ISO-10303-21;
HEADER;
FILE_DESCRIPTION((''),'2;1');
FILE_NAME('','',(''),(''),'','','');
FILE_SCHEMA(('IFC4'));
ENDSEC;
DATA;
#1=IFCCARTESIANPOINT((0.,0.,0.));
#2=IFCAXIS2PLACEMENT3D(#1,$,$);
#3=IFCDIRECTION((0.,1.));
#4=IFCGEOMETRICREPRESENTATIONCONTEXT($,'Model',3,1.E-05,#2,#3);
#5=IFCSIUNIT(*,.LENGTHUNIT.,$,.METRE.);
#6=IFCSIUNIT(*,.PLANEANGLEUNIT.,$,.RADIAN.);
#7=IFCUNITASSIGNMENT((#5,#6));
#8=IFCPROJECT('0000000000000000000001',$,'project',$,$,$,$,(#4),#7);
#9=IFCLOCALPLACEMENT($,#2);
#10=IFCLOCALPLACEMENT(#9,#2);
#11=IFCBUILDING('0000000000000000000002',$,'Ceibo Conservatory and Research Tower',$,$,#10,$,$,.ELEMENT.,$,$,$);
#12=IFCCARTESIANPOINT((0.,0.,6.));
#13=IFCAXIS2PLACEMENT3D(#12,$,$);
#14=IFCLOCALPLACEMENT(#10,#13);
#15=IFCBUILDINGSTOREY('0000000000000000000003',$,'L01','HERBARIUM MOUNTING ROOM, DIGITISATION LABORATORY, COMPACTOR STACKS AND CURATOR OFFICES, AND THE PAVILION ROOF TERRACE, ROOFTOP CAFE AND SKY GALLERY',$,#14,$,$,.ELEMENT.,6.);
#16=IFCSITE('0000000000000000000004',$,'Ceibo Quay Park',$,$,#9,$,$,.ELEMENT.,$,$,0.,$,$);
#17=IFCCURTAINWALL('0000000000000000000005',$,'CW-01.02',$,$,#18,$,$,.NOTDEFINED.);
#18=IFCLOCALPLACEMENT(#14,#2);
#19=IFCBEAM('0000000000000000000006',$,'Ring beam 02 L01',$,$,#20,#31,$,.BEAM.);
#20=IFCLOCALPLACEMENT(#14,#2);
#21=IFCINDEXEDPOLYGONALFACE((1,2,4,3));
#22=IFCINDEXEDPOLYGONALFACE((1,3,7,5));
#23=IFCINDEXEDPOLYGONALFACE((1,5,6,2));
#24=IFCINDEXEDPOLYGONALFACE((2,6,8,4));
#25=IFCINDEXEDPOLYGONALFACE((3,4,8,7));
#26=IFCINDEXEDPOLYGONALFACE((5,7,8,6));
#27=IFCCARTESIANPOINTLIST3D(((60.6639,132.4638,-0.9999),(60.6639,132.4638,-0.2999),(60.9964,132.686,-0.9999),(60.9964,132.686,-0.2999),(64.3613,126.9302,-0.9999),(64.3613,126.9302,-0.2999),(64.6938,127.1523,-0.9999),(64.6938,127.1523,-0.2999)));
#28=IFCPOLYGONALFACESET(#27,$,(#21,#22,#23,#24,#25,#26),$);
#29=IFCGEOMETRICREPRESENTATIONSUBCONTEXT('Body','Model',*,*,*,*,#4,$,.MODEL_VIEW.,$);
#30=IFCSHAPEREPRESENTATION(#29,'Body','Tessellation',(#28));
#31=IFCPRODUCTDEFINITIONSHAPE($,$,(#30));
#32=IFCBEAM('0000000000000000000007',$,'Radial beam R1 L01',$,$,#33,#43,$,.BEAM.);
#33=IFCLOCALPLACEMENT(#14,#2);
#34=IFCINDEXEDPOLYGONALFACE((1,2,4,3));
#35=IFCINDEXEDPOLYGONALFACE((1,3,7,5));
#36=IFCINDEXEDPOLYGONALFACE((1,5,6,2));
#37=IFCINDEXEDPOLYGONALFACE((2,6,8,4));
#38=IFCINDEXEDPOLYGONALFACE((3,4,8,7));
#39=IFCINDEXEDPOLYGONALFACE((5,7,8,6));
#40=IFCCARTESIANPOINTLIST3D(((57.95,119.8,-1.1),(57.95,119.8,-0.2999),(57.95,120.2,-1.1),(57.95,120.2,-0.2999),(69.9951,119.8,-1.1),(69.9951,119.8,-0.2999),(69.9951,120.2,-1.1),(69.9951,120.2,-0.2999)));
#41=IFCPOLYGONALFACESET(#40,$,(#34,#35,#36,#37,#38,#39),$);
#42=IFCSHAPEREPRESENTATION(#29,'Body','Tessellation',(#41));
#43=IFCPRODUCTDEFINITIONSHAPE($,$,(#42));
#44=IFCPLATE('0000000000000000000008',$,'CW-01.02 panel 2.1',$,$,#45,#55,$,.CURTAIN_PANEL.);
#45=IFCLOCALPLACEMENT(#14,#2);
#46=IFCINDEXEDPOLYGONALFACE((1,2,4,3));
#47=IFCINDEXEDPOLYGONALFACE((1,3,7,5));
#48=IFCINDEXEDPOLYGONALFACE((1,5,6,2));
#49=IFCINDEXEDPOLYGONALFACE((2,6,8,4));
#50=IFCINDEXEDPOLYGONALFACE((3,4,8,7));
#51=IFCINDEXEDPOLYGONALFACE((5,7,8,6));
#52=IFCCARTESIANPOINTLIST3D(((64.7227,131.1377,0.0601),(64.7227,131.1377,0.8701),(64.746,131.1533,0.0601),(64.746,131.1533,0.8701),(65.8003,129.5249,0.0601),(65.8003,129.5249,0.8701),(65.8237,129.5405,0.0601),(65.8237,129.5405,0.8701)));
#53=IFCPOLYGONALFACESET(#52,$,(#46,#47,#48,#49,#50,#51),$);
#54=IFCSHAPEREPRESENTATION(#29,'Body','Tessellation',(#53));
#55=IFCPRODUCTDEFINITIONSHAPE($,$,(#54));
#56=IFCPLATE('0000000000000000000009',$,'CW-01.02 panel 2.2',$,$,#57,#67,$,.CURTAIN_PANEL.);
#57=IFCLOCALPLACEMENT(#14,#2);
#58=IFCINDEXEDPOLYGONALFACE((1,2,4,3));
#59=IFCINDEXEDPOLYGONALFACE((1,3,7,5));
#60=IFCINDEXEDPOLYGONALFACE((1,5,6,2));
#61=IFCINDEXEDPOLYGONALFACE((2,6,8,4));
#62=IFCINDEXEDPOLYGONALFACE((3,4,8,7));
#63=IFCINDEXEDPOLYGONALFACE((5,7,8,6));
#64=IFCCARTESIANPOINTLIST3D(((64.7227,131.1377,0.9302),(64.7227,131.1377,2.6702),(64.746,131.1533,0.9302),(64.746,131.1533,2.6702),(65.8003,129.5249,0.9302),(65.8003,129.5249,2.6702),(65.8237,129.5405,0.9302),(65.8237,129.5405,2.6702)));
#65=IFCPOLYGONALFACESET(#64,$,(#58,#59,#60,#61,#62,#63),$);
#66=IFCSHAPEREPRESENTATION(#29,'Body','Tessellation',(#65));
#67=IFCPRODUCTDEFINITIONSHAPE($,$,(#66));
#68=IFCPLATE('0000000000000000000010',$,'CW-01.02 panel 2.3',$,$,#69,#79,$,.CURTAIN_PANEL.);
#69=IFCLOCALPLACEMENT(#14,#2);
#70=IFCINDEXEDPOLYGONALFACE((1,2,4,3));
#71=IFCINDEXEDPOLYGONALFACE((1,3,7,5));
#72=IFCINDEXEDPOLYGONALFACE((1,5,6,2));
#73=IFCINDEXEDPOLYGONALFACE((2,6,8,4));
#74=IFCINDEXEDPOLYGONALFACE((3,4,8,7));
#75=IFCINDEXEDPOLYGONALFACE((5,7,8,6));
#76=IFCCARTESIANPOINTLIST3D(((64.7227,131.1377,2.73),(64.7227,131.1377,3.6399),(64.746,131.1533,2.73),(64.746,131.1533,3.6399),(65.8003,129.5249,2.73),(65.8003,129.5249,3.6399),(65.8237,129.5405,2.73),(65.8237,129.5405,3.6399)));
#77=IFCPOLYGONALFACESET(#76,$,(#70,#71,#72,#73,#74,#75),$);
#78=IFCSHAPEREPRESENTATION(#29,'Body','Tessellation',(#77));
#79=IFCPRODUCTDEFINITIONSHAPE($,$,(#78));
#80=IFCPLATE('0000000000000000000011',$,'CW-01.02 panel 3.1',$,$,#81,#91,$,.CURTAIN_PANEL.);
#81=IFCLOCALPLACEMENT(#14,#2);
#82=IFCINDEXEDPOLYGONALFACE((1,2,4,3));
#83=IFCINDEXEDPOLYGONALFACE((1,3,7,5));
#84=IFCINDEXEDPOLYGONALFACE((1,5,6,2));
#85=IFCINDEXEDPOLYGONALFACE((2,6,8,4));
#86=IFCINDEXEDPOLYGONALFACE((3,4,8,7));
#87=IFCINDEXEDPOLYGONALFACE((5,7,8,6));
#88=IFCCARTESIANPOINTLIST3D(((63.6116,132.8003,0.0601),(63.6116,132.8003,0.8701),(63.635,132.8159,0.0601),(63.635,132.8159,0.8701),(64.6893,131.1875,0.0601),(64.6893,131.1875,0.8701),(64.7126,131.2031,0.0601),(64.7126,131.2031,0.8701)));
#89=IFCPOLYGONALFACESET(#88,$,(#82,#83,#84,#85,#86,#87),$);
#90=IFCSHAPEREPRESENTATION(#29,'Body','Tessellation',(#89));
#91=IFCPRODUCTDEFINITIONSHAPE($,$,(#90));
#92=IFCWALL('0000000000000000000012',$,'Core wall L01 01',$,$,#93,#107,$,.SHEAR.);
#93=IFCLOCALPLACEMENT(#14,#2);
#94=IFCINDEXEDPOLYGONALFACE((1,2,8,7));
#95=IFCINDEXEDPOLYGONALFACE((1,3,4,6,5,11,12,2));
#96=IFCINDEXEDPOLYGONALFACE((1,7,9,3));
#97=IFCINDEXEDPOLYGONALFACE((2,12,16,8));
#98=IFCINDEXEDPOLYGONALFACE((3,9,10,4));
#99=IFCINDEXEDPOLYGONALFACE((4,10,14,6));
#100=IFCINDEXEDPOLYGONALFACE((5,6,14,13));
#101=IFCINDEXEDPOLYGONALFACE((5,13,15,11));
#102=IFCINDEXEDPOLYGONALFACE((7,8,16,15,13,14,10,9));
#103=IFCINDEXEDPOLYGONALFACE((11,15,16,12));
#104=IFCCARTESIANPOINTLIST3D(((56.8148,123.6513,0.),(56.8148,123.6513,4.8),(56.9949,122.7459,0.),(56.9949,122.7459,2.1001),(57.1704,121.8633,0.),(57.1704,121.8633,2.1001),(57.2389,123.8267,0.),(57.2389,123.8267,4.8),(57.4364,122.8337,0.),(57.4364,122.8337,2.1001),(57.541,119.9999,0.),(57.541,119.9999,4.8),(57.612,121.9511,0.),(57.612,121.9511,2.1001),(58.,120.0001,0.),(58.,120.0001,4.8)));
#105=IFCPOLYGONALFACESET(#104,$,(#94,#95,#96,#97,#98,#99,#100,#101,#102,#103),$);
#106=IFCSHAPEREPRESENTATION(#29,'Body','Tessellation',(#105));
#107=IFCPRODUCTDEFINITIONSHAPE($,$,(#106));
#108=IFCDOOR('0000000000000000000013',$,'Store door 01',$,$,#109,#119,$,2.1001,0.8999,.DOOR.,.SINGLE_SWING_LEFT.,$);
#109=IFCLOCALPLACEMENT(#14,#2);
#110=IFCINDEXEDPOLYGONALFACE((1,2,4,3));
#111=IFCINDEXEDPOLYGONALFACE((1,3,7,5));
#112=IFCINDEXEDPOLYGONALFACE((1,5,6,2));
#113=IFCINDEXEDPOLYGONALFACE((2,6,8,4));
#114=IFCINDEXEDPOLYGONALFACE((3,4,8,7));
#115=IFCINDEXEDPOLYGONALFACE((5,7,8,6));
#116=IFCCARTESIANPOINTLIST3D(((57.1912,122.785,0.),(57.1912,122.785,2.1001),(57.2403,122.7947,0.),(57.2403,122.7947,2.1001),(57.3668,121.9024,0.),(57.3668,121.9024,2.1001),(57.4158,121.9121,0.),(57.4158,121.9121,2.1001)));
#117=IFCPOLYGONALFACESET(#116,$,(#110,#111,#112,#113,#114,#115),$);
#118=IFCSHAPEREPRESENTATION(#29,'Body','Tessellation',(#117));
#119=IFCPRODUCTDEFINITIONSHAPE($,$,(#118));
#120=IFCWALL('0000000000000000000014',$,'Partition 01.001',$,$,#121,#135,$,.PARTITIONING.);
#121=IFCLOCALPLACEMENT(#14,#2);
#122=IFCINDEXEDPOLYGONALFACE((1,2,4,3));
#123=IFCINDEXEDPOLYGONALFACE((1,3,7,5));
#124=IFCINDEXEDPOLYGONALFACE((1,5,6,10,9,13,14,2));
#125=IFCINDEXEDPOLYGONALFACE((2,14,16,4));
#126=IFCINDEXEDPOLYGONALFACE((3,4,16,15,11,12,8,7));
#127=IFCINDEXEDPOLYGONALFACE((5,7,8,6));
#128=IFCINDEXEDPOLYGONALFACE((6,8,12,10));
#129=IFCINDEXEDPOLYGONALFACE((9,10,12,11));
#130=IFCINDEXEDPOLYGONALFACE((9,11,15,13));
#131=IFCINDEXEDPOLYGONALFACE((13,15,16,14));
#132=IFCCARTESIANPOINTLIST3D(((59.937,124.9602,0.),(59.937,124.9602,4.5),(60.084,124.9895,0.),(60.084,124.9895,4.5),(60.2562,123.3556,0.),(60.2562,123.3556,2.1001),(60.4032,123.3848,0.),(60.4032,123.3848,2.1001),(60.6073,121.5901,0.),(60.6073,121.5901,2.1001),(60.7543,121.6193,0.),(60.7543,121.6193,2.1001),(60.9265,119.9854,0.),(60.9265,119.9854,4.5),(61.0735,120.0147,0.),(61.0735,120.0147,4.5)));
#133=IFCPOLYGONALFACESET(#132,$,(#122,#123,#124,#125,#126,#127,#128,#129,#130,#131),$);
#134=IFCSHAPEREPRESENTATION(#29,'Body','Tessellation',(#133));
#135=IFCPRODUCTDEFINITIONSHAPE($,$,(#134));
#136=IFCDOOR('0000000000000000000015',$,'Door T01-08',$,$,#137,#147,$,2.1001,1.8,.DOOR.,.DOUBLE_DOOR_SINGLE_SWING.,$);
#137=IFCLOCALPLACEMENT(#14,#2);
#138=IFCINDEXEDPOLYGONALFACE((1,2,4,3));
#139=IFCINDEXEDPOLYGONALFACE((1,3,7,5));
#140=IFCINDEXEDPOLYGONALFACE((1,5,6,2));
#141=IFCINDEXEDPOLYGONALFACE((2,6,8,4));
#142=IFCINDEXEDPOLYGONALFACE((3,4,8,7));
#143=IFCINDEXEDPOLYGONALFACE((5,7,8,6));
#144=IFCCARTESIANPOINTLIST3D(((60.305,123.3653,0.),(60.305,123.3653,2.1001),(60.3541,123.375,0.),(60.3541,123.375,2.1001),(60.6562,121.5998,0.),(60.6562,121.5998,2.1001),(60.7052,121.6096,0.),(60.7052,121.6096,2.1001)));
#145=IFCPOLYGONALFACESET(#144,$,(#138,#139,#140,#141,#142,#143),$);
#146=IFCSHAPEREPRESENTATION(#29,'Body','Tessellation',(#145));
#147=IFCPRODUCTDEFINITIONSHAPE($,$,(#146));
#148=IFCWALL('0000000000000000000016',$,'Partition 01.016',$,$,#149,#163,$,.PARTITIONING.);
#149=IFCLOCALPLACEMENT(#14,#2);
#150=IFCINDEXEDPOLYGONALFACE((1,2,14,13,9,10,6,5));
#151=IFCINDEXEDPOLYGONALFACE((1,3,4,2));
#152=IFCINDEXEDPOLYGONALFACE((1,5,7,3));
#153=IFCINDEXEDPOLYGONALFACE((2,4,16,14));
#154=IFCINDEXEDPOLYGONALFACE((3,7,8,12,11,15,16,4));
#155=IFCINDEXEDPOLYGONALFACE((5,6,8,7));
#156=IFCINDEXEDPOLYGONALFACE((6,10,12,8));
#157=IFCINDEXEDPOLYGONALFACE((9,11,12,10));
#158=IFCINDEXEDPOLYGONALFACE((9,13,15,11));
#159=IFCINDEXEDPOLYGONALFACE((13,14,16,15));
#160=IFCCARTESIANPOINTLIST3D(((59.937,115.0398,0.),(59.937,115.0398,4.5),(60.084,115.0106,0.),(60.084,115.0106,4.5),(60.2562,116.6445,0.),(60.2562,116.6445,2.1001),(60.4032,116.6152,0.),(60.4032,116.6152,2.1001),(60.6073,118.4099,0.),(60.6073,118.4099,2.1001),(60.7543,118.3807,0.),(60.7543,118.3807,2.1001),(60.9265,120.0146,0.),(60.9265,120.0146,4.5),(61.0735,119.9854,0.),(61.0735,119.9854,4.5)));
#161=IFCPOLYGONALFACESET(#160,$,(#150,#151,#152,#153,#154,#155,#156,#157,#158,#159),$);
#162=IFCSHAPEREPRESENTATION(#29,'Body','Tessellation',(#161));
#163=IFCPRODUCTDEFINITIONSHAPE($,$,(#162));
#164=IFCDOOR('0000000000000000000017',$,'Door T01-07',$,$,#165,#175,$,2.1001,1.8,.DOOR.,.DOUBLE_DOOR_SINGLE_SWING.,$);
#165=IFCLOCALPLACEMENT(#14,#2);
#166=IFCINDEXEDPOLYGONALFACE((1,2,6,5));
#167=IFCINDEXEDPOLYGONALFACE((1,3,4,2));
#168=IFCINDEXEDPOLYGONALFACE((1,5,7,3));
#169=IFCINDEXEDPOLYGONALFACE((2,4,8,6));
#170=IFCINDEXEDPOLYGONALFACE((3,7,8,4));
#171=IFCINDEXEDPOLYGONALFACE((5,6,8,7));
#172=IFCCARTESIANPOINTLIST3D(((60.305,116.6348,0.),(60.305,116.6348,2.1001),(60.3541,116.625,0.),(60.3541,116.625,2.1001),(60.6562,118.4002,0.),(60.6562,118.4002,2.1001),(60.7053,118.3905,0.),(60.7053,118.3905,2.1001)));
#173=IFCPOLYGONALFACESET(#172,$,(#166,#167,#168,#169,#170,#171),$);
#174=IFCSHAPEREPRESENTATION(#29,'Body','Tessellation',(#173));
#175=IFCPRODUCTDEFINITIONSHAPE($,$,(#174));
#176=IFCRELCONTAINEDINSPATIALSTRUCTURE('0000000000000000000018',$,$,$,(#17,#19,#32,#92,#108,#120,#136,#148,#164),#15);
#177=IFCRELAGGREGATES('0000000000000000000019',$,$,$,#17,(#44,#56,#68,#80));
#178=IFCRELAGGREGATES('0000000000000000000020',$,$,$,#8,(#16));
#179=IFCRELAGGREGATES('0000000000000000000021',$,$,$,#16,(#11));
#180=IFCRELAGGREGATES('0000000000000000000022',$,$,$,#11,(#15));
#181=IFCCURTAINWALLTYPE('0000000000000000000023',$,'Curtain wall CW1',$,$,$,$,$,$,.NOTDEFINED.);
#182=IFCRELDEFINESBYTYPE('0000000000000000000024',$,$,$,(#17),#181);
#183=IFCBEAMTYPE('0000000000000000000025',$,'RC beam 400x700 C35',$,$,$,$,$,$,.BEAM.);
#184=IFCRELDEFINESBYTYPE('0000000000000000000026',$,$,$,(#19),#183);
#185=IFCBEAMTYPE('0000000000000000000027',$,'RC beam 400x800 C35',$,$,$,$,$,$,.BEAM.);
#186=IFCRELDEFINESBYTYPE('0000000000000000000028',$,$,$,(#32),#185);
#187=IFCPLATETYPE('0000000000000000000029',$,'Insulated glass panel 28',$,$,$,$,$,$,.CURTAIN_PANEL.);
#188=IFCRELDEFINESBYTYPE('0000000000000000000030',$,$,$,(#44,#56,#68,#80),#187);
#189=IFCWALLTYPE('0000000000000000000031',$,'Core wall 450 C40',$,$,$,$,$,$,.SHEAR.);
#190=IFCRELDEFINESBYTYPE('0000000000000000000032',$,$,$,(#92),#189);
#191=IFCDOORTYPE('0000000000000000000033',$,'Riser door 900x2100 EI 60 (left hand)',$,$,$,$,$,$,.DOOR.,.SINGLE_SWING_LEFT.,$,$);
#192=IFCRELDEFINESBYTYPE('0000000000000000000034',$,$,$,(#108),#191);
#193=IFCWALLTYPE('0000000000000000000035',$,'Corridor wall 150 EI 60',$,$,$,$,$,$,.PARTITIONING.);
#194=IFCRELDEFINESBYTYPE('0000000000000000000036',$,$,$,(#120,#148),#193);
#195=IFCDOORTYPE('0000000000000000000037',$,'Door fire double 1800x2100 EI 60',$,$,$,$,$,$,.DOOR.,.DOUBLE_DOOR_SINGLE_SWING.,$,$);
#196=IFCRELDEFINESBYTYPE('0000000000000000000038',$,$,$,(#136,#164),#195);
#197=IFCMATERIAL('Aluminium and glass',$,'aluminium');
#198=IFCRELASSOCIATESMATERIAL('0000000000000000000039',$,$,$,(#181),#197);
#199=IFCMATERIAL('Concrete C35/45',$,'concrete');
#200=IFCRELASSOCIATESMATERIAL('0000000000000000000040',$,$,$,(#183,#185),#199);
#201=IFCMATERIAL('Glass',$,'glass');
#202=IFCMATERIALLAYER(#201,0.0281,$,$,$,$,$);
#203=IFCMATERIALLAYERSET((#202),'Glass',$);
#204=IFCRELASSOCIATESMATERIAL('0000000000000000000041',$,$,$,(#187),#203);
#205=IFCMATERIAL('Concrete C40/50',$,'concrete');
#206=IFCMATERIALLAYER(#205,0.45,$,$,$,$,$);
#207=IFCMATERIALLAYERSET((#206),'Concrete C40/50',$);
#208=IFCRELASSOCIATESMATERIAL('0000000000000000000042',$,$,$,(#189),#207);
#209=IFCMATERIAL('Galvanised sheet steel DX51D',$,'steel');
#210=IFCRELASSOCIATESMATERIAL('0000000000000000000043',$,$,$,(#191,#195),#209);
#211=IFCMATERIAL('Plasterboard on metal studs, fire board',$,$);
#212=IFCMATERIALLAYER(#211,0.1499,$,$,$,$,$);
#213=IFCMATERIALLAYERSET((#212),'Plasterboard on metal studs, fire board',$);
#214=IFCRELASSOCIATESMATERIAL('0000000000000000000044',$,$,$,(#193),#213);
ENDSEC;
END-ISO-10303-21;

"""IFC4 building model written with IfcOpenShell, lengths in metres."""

from ifc_helpers import new_model, si_unit, direction, frame, frame_2d, origin, origin_2d, place, context, subcontext, project, spatial, polyline, rectangle, outline, extrude, material, layer, layer_set, material_profile, profile_set, type_object, element, fill, aggregate, save


model = new_model("IFC4")

# Units and contexts
model_context = context("Model", 3, precision=1e-05, world=origin(), true_north=direction((0.0, 1.0)))
body_context = subcontext(model_context, "Body", "Model", "MODEL_VIEW")
ifc_project = project(units=[si_unit("LENGTHUNIT", "METRE"), si_unit("PLANEANGLEUNIT", "RADIAN")], contexts=[model_context])

# Site, building, storey
site_placement = place(None, origin())
site = spatial("IfcSite", under=ifc_project, at=site_placement, Name="Ceibo Quay Park", CompositionType="ELEMENT", RefElevation=0.0)
building_placement = place(site_placement, origin())
building = spatial("IfcBuilding", under=site, at=building_placement, Name="Ceibo Conservatory and Research Tower", CompositionType="ELEMENT")
storey_placement = place(building_placement, frame((0.0, 0.0, 6.0)))
storey = spatial("IfcBuildingStorey", under=building, at=storey_placement, Name="L01", Description="HERBARIUM MOUNTING ROOM, DIGITISATION LABORATORY, COMPACTOR STACKS AND CURATOR OFFICES, AND THE PAVILION ROOF TERRACE, ROOFTOP CAFE AND SKY GALLERY", CompositionType="ELEMENT", Elevation=6.0)

# Shared definitions
ifc_material_1 = material(Name="Concrete C40/50", Category="concrete")

# Curtain wall
ifc_material_2 = material(Name="Aluminium and glass", Category="aluminium")
curtain_wall_type = type_object("IfcCurtainWallType", Name="Curtain wall CW1", PredefinedType="NOTDEFINED", material=ifc_material_2)
curtain_wall_placement = place(storey_placement, origin())
curtain_wall = element("IfcCurtainWall", 1, at=curtain_wall_placement, inside=storey, type_object=curtain_wall_type, Name="CW-01.02", PredefinedType="NOTDEFINED")

# Beams
ifc_material_3 = material(Name="Concrete C35/45", Category="concrete")
ifc_material_profile_1 = material_profile(ifc_material_3, rectangle(XDim=0.3999, YDim=0.7, at=origin_2d()), Name="RC 400x700")
ifc_profile_set_1 = profile_set([ifc_material_profile_1], Name="Concrete C35/45")
beam_type_1 = type_object("IfcBeamType", Name="RC beam 400x700 C35", PredefinedType="BEAM", material=ifc_profile_set_1)
beam_1_placement = place(storey_placement, frame((64.5276, 127.0413, -0.6499), z_axis=(-0.555572, 0.831469, 0.0), x_axis=(-0.831469, -0.555572, 0.0)))
element("IfcBeam", 2, at=beam_1_placement, inside=storey, type_object=beam_type_1, Name="Ring beam 02 L01", PredefinedType="BEAM", context=body_context, shape_type="SweptSolid", body=[
    extrude(rectangle(XDim=0.3999, YDim=0.7, at=origin_2d()), origin(), (0.0, 0.0, 1.0), 6.6553),
])
ifc_material_profile_2 = material_profile(ifc_material_3, rectangle(XDim=0.3999, YDim=0.8, at=origin_2d()), Name="RC 400x800")
ifc_profile_set_2 = profile_set([ifc_material_profile_2], Name="Concrete C35/45")
beam_type_2 = type_object("IfcBeamType", Name="RC beam 400x800 C35", PredefinedType="BEAM", material=ifc_profile_set_2)
beam_2_placement = place(storey_placement, frame((57.95, 120.0, -0.7), z_axis=(1.0, 0.0, 0.0), x_axis=(0.0, 1.0, 0.0)))
element("IfcBeam", 3, at=beam_2_placement, inside=storey, type_object=beam_type_2, Name="Radial beam R1 L01", PredefinedType="BEAM", context=body_context, shape_type="SweptSolid", body=[
    extrude(rectangle(XDim=0.3999, YDim=0.8, at=origin_2d()), origin(), (0.0, 0.0, 1.0), 12.0452),
])

# Plates
ifc_material_4 = material(Name="Glass", Category="glass")
ifc_layer_1 = layer(ifc_material_4, 0.0281)
ifc_layer_set_1 = layer_set([ifc_layer_1], Name="Glass")
plate_type = type_object("IfcPlateType", Name="Insulated glass panel 28", PredefinedType="CURTAIN_PANEL", material=ifc_layer_set_1)
plate_1_placement = place(storey_placement, frame((65.2732, 130.3391, 0.0601), z_axis=(0.0, 0.0, 1.0), x_axis=(-0.55557, 0.83147, 0.0)))
plate_1 = element("IfcPlate", 4, at=plate_1_placement, type_object=plate_type, Name="CW-01.02 panel 2.1", PredefinedType="CURTAIN_PANEL", context=body_context, shape_type="SweptSolid", body=[
    extrude(rectangle(XDim=1.9397, YDim=0.0281, at=origin_2d()), origin(), (0.0, 0.0, 1.0), 0.8101),
])
plate_2_placement = place(storey_placement, frame((65.2732, 130.3391, 0.9302), z_axis=(0.0, 0.0, 1.0), x_axis=(-0.55557, 0.83147, 0.0)))
plate_2 = element("IfcPlate", 5, at=plate_2_placement, type_object=plate_type, Name="CW-01.02 panel 2.2", PredefinedType="CURTAIN_PANEL", context=body_context, shape_type="SweptSolid", body=[
    extrude(rectangle(XDim=1.9397, YDim=0.0281, at=origin_2d()), origin(), (0.0, 0.0, 1.0), 1.74),
])
plate_3_placement = place(storey_placement, frame((65.2732, 130.3391, 2.73), z_axis=(0.0, 0.0, 1.0), x_axis=(-0.55557, 0.83147, 0.0)))
plate_3 = element("IfcPlate", 6, at=plate_3_placement, type_object=plate_type, Name="CW-01.02 panel 2.3", PredefinedType="CURTAIN_PANEL", context=body_context, shape_type="SweptSolid", body=[
    extrude(rectangle(XDim=1.9397, YDim=0.0281, at=origin_2d()), origin(), (0.0, 0.0, 1.0), 0.9099),
])
plate_4_placement = place(storey_placement, frame((64.1621, 132.0017, 0.0601), z_axis=(0.0, 0.0, 1.0), x_axis=(-0.55557, 0.83147, 0.0)))
plate_4 = element("IfcPlate", 7, at=plate_4_placement, type_object=plate_type, Name="CW-01.02 panel 3.1", PredefinedType="CURTAIN_PANEL", context=body_context, shape_type="SweptSolid", body=[
    extrude(rectangle(XDim=1.9397, YDim=0.0281, at=origin_2d()), origin(), (0.0, 0.0, 1.0), 0.8101),
])
aggregate(curtain_wall, [plate_1, plate_2, plate_3, plate_4])

# Walls, openings, doors
ifc_layer_2 = layer(ifc_material_1, 0.45)
ifc_layer_set_2 = layer_set([ifc_layer_2], Name="Concrete C40/50")
wall_type_1 = type_object("IfcWallType", Name="Core wall 450 C40", PredefinedType="SHEAR", material=ifc_layer_set_2)
wall_1_placement = place(storey_placement, frame((57.7705, 120.0, 0.0), z_axis=(0.0, 0.0, 1.0), x_axis=(-0.195069, 0.980789, 0.0)))
wall_1 = element("IfcWall", 8, at=wall_1_placement, inside=storey, type_object=wall_type_1, Name="Core wall L01 01", PredefinedType="SHEAR", context=body_context, shape_type="SweptSolid", body=[
    extrude(outline(polyline([(-0.0447, -0.2251), (3.8569, -0.2251), (3.7676, 0.2251), (0.0447, 0.2251), (-0.0447, -0.2251)])), origin(), (0.0, 0.0, 1.0), 4.8),
])
opening_1_placement = place(wall_1_placement, frame((1.9446, 0.0, 0.0)))
opening_1 = element("IfcOpeningElement", 9, at=opening_1_placement, cuts=wall_1, PredefinedType="OPENING", context=body_context, shape_type="SweptSolid", body=[
    extrude(rectangle(XDim=0.8999, YDim=2.1001, at=frame_2d((0.45, 1.05))), frame((0.0, 0.2349, 0.0), z_axis=(0.0, -1.0, 0.0), x_axis=(1.0, 0.0, 0.0)), (0.0, 0.0, 1.0), 0.47),
])
ifc_material_5 = material(Name="Galvanised sheet steel DX51D", Category="steel")
door_type_1 = type_object("IfcDoorType", Name="Riser door 900x2100 EI 60 (left hand)", OperationType="SINGLE_SWING_LEFT", PredefinedType="DOOR", material=ifc_material_5)
door_1_placement = place(opening_1_placement, origin())
door_1 = element("IfcDoor", 10, at=door_1_placement, inside=storey, type_object=door_type_1, Name="Store door 01", OperationType="SINGLE_SWING_LEFT", OverallHeight=2.1001, OverallWidth=0.8999, PredefinedType="DOOR", context=body_context, shape_type="SweptSolid", body=[
    extrude(rectangle(XDim=0.8999, YDim=2.1001, at=frame_2d((0.45, 1.05))), frame((0.0, 0.0249, 0.0), z_axis=(0.0, -1.0, 0.0), x_axis=(1.0, 0.0, 0.0)), (0.0, 0.0, 1.0), 0.05),
])
fill(opening_1, door_1)
ifc_material_6 = material(Name="Plasterboard on metal studs, fire board")
ifc_layer_3 = layer(ifc_material_6, 0.1499)
ifc_layer_set_3 = layer_set([ifc_layer_3], Name="Plasterboard on metal studs, fire board")
wall_type_2 = type_object("IfcWallType", Name="Corridor wall 150 EI 60", PredefinedType="PARTITIONING", material=ifc_layer_set_3)
wall_2_placement = place(storey_placement, frame((60.0105, 124.9749, 0.0), z_axis=(0.0, 0.0, 1.0), x_axis=(0.195079, -0.980787, 0.0)))
wall_2 = element("IfcWall", 11, at=wall_2_placement, inside=storey, type_object=wall_type_2, Name="Partition 01.001", PredefinedType="PARTITIONING", context=body_context, shape_type="SweptSolid", body=[
    extrude(rectangle(XDim=5.0723, YDim=0.1499, at=frame_2d((2.5361, 0.0))), origin(), (0.0, 0.0, 1.0), 4.5),
])
opening_2_placement = place(wall_2_placement, frame((1.6362, 0.0, 0.0)))
opening_2 = element("IfcOpeningElement", 12, at=opening_2_placement, cuts=wall_2, PredefinedType="OPENING", context=body_context, shape_type="SweptSolid", body=[
    extrude(rectangle(XDim=1.8, YDim=2.1001, at=frame_2d((0.8999, 1.05))), frame((0.0, 0.085, 0.0), z_axis=(0.0, -1.0, 0.0), x_axis=(1.0, 0.0, 0.0)), (0.0, 0.0, 1.0), 0.1699),
])
door_type_2 = type_object("IfcDoorType", Name="Door fire double 1800x2100 EI 60", OperationType="DOUBLE_DOOR_SINGLE_SWING", PredefinedType="DOOR", material=ifc_material_5)
door_2_placement = place(opening_2_placement, origin())
door_2 = element("IfcDoor", 13, at=door_2_placement, inside=storey, type_object=door_type_2, Name="Door T01-08", OperationType="DOUBLE_DOOR_SINGLE_SWING", OverallHeight=2.1001, OverallWidth=1.8, PredefinedType="DOOR", context=body_context, shape_type="SweptSolid", body=[
    extrude(rectangle(XDim=1.8, YDim=2.1001, at=frame_2d((0.8999, 1.05))), frame((0.0, 0.0249, 0.0), z_axis=(0.0, -1.0, 0.0), x_axis=(1.0, 0.0, 0.0)), (0.0, 0.0, 1.0), 0.05),
])
fill(opening_2, door_2)
wall_3_placement = place(storey_placement, frame((61.0, 120.0, 0.0), z_axis=(0.0, 0.0, 1.0), x_axis=(-0.195079, -0.980787, 0.0)))
wall_3 = element("IfcWall", 14, at=wall_3_placement, inside=storey, type_object=wall_type_2, Name="Partition 01.016", PredefinedType="PARTITIONING", context=body_context, shape_type="SweptSolid", body=[
    extrude(rectangle(XDim=5.0723, YDim=0.1499, at=frame_2d((2.5361, 0.0))), origin(), (0.0, 0.0, 1.0), 4.5),
])
opening_3_placement = place(wall_3_placement, frame((1.6362, 0.0, 0.0)))
opening_3 = element("IfcOpeningElement", 15, at=opening_3_placement, cuts=wall_3, PredefinedType="OPENING", context=body_context, shape_type="SweptSolid", body=[
    extrude(rectangle(XDim=1.8, YDim=2.1001, at=frame_2d((0.8999, 1.05))), frame((0.0, 0.085, 0.0), z_axis=(0.0, -1.0, 0.0), x_axis=(1.0, 0.0, 0.0)), (0.0, 0.0, 1.0), 0.1699),
])
door_3_placement = place(opening_3_placement, origin())
door_3 = element("IfcDoor", 16, at=door_3_placement, inside=storey, type_object=door_type_2, Name="Door T01-07", OperationType="DOUBLE_DOOR_SINGLE_SWING", OverallHeight=2.1001, OverallWidth=1.8, PredefinedType="DOOR", context=body_context, shape_type="SweptSolid", body=[
    extrude(rectangle(XDim=1.8, YDim=2.1001, at=frame_2d((0.8999, 1.05))), frame((0.0, 0.0249, 0.0), z_axis=(0.0, -1.0, 0.0), x_axis=(1.0, 0.0, 0.0)), (0.0, 0.0, 1.0), 0.05),
])
fill(opening_3, door_3)

save(model, "model.ifc")
